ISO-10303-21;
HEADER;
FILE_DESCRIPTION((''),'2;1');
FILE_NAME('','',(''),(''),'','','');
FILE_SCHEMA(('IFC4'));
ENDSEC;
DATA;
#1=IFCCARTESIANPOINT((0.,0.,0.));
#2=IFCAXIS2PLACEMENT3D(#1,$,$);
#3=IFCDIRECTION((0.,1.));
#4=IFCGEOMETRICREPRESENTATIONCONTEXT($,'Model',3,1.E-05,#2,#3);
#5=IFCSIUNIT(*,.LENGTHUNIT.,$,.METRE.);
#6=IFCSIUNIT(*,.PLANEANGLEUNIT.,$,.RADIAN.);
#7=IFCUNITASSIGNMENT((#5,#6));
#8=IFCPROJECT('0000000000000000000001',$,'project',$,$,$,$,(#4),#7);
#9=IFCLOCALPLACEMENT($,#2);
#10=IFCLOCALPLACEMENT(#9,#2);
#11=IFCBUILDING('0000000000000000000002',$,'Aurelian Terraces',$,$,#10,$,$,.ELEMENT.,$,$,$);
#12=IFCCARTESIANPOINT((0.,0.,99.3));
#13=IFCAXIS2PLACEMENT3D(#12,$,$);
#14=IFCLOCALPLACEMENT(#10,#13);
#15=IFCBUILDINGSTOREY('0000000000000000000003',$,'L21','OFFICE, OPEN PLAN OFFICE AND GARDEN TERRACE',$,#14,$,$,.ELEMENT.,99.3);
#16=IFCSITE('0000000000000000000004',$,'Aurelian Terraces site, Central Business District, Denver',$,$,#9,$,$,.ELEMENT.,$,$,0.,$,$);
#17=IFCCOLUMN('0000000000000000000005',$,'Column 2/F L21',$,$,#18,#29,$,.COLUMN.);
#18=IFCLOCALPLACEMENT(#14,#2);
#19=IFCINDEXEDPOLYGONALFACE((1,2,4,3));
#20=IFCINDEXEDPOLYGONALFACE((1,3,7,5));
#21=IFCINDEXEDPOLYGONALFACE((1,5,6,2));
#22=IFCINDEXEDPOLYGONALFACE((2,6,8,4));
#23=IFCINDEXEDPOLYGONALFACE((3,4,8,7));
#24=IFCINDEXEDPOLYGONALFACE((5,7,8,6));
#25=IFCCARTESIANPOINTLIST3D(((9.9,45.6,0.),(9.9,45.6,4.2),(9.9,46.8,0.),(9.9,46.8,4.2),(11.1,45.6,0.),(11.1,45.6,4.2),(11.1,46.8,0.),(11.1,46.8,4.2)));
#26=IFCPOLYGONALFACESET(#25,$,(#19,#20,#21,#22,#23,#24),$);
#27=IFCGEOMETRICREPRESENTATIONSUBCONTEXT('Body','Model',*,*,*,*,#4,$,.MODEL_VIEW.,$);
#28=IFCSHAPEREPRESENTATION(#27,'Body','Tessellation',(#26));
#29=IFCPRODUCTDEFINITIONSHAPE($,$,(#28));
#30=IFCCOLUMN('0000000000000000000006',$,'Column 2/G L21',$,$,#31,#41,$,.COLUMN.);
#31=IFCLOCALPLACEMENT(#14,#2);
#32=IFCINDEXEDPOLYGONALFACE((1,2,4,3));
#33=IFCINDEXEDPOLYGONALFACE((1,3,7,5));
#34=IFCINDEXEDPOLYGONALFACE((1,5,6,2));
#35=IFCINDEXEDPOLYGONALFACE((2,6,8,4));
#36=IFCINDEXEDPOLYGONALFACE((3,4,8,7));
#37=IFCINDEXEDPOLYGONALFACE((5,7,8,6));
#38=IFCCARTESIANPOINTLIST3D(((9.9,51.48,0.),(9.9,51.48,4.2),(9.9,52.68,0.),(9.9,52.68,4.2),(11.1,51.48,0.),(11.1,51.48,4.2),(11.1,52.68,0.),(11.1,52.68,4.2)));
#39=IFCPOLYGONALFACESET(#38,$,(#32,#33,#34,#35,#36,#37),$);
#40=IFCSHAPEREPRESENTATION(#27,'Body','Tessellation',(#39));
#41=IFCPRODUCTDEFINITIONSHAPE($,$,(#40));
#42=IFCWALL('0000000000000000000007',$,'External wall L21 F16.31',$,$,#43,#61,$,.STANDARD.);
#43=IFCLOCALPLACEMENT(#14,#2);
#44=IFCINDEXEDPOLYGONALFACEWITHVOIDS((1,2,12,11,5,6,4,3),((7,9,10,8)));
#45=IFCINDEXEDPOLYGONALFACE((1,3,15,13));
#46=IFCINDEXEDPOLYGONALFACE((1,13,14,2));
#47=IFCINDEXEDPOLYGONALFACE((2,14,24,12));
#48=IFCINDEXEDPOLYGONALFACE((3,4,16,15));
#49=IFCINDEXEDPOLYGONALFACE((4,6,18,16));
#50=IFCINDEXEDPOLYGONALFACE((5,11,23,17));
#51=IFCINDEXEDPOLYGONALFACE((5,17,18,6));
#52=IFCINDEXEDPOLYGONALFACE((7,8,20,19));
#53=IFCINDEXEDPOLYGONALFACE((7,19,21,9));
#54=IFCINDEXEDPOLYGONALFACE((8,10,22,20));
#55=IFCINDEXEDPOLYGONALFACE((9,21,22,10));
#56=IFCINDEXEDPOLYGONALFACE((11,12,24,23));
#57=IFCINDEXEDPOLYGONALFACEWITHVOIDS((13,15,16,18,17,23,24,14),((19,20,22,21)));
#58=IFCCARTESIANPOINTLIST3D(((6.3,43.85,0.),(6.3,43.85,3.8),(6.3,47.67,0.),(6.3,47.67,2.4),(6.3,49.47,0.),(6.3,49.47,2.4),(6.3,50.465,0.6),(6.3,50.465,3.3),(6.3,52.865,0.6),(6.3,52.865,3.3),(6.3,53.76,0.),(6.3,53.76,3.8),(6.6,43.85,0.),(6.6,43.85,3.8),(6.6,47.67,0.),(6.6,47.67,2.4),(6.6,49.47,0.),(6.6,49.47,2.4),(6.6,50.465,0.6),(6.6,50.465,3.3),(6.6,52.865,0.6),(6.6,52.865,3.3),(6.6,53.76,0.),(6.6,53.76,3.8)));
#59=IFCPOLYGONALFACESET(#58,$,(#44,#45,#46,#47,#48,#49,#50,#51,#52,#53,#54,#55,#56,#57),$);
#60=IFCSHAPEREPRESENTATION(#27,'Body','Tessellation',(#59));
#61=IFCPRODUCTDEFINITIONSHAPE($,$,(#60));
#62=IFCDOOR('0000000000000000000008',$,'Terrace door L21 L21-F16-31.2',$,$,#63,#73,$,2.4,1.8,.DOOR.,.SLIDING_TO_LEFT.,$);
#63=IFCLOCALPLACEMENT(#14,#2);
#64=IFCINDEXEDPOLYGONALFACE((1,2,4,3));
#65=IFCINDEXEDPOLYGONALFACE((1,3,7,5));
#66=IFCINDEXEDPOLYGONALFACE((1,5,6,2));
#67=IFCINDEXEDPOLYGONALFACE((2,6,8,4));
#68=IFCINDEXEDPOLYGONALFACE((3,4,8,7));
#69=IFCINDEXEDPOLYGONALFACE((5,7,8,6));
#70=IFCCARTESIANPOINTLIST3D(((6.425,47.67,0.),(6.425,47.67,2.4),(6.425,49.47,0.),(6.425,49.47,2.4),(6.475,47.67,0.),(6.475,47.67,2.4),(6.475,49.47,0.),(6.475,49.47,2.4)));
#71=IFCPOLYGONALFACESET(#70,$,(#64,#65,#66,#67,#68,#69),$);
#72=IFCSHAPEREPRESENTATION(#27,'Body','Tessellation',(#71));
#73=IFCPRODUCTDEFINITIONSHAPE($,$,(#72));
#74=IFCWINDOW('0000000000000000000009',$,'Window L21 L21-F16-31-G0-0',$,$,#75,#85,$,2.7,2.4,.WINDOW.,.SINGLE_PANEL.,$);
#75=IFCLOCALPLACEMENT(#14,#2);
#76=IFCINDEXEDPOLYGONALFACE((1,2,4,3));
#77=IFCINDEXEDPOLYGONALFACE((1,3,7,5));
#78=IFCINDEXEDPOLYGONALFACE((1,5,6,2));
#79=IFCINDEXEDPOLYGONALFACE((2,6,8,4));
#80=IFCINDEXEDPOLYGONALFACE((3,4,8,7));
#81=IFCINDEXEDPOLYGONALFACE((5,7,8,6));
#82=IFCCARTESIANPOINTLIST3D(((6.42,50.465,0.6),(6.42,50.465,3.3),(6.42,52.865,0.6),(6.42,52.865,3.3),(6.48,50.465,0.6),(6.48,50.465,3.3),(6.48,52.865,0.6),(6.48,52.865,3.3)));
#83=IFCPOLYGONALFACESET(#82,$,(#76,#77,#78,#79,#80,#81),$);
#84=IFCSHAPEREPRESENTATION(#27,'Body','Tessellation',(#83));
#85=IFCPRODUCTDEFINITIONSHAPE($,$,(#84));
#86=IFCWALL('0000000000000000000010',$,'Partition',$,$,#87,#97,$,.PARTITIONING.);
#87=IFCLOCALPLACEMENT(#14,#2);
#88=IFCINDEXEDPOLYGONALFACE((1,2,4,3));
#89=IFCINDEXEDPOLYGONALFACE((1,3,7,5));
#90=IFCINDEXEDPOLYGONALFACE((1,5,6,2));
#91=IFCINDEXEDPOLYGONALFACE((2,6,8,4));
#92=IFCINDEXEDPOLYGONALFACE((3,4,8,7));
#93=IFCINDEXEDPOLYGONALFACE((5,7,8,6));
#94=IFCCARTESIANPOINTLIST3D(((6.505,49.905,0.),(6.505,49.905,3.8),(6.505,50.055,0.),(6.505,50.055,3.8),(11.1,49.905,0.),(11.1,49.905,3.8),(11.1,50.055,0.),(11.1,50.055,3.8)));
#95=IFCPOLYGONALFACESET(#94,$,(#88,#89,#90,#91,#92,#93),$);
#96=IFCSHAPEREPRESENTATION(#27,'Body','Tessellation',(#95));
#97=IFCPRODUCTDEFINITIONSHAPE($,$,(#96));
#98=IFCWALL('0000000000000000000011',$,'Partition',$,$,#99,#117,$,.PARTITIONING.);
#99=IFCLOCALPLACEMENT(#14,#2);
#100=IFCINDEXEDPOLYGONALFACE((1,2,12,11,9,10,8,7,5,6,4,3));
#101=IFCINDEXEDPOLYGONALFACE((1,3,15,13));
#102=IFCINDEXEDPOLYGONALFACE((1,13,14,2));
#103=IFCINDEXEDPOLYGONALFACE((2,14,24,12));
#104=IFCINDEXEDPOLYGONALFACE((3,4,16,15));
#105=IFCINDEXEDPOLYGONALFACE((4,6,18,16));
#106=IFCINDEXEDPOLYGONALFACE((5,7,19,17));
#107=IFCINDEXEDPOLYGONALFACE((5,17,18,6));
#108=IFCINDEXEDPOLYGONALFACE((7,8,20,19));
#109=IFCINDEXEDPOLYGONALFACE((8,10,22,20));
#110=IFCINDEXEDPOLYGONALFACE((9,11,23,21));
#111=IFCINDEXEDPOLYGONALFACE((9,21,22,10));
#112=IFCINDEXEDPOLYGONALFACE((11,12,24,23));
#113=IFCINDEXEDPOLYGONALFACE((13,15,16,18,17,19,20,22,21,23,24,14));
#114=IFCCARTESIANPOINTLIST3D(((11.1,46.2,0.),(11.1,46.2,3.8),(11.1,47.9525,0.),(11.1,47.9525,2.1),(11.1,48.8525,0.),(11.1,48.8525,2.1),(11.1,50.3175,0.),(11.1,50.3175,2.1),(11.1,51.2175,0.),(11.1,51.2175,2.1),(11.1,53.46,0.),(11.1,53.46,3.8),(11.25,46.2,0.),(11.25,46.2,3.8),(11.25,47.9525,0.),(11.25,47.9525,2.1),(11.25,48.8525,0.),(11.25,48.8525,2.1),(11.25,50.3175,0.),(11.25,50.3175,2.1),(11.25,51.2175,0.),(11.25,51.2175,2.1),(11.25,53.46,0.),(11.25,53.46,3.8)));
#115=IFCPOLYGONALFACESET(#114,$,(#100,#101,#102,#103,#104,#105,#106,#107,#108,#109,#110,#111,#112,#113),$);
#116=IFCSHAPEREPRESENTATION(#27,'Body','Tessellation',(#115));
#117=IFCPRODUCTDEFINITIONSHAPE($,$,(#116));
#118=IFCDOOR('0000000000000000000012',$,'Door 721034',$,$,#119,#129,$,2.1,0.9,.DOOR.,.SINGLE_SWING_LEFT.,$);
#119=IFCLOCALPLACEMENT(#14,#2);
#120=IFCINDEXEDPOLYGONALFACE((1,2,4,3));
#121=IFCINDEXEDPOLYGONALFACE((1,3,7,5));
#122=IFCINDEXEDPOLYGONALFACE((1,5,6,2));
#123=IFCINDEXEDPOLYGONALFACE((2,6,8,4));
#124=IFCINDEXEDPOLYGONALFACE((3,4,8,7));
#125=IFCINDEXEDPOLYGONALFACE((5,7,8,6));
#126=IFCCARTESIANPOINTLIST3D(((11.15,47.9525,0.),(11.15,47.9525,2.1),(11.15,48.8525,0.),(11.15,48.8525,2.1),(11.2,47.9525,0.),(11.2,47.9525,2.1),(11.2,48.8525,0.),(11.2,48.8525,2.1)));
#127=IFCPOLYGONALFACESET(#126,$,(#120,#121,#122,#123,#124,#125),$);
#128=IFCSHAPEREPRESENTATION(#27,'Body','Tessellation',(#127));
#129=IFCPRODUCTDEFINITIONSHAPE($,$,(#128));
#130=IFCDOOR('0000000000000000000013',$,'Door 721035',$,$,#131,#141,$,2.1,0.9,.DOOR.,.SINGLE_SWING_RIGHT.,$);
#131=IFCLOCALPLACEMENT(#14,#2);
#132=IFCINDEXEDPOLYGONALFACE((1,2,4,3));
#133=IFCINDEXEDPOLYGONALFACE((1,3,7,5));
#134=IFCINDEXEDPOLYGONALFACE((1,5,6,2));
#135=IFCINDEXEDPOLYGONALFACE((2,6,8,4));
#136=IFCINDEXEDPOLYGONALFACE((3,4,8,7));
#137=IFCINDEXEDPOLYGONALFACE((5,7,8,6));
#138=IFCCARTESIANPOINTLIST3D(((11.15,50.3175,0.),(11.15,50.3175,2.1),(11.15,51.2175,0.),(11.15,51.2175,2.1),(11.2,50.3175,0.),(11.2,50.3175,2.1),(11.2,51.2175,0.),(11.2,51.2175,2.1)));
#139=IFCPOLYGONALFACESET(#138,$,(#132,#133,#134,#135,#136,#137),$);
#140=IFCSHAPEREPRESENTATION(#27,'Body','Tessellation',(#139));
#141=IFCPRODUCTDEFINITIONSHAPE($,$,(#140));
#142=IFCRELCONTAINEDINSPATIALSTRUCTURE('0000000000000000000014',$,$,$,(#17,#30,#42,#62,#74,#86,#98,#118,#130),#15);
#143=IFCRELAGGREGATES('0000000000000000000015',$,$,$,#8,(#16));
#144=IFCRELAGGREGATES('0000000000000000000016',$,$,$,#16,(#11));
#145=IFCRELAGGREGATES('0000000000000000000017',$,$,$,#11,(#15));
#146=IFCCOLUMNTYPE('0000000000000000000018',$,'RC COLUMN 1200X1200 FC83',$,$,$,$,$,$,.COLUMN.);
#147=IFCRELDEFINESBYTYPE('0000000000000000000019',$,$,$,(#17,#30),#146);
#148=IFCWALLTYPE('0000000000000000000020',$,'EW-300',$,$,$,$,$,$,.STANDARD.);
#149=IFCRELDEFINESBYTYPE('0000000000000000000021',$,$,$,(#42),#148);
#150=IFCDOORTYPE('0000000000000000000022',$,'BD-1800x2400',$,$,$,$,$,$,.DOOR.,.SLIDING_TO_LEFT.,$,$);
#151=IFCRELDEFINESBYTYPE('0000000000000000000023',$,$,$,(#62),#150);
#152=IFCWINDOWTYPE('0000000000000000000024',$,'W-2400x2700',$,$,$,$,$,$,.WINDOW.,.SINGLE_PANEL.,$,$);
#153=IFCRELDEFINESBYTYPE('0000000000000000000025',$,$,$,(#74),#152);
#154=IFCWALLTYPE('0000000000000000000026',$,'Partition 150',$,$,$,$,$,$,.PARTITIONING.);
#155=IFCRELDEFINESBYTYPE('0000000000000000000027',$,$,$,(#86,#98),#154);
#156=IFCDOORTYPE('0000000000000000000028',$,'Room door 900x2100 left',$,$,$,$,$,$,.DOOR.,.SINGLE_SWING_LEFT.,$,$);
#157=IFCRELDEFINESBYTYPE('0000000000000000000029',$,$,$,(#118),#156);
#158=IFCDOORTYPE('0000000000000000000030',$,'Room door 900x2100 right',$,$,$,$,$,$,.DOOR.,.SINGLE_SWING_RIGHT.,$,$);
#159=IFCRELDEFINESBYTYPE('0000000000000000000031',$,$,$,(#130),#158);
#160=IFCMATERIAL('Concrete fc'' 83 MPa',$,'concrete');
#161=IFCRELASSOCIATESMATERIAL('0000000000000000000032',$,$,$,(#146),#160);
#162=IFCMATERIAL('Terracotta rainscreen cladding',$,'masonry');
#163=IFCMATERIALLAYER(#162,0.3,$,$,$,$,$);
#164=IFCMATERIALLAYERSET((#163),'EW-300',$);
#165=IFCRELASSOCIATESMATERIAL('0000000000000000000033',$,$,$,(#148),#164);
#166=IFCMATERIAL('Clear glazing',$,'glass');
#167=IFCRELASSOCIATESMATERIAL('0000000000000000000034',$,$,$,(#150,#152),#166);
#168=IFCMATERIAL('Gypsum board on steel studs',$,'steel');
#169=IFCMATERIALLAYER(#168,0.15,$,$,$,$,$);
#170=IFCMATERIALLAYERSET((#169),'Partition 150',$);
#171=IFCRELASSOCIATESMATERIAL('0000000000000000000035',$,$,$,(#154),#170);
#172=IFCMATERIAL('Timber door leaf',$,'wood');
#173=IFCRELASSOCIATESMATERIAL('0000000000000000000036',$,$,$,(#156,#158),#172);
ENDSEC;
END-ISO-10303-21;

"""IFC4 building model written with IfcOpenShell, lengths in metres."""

from ifc_helpers import new_model, si_unit, direction, frame, frame_2d, origin, origin_2d, place, context, subcontext, project, spatial, rectangle, extrude, source, transform, mapped, material, layer, layer_set, material_profile, profile_set, type_object, element, fill, save


model = new_model("IFC4")

# Units and contexts
model_context = context("Model", 3, precision=1e-05, world=origin(), true_north=direction((0.0, 1.0)))
body_context = subcontext(model_context, "Body", "Model", "MODEL_VIEW")
ifc_project = project(units=[si_unit("LENGTHUNIT", "METRE"), si_unit("PLANEANGLEUNIT", "RADIAN")], contexts=[model_context])

# Site, building, storey
site_placement = place(None, origin())
site = spatial("IfcSite", under=ifc_project, at=site_placement, Name="Aurelian Terraces site, Central Business District, Denver", CompositionType="ELEMENT", RefElevation=0.0)
building_placement = place(site_placement, origin())
building = spatial("IfcBuilding", under=site, at=building_placement, Name="Aurelian Terraces", CompositionType="ELEMENT")
storey_placement = place(building_placement, frame((0.0, 0.0, 99.3)))
storey = spatial("IfcBuildingStorey", under=building, at=storey_placement, Name="L21", Description="OFFICE, OPEN PLAN OFFICE AND GARDEN TERRACE", CompositionType="ELEMENT", Elevation=99.3)

# Columns
ifc_material_1 = material(Name="Concrete fc' 83 MPa", Category="concrete")
ifc_material_profile = material_profile(ifc_material_1, rectangle(XDim=1.2, YDim=1.2, at=origin_2d()))
ifc_profile_set = profile_set([ifc_material_profile], Name="Concrete fc' 83 MPa")
column_type = type_object("IfcColumnType", Name="RC COLUMN 1200X1200 FC83", PredefinedType="COLUMN", material=ifc_profile_set)
shared_shape_1 = source(origin(), body_context, "Body", "SweptSolid", [
    extrude(rectangle(XDim=1.2, YDim=1.2, at=origin_2d()), origin(), (0.0, 0.0, 1.0), 4.2),
])
for number, where, z_axis, x_axis, name in (
    (1, (10.5, 46.2, 0.0), (0.0, 0.0, 1.0), (1.0, 0.0, 0.0), "Column 2/F L21"),
    (2, (10.5, 52.08, 0.0), (0.0, 0.0, 1.0), (1.0, 0.0, 0.0), "Column 2/G L21"),
):
    element("IfcColumn", number, at=place(storey_placement, frame(where, z_axis=z_axis, x_axis=x_axis)), inside=storey, type_object=column_type, Name=name, PredefinedType="COLUMN", context=body_context, shape_type="MappedRepresentation", body=[
        mapped(shared_shape_1, transform((0.0, 0.0, 0.0), scale=1.0)),
    ])

# Wall, openings, door, window
ifc_material_2 = material(Name="Terracotta rainscreen cladding", Category="masonry")
ifc_layer_1 = layer(ifc_material_2, 0.3)
ifc_layer_set_1 = layer_set([ifc_layer_1], Name="EW-300")
wall_type_1 = type_object("IfcWallType", Name="EW-300", PredefinedType="STANDARD", material=ifc_layer_set_1)
wall_1_placement = place(storey_placement, frame((6.45, 53.76, 0.0), z_axis=(0.0, 0.0, 1.0), x_axis=(0.0, -1.0, 0.0)))
wall_1 = element("IfcWall", 3, at=wall_1_placement, inside=storey, type_object=wall_type_1, Name="External wall L21 F16.31", PredefinedType="STANDARD", context=body_context, shape_type="SweptSolid", body=[
    extrude(rectangle(XDim=9.91, YDim=0.3, at=frame_2d((4.955, 0.0))), origin(), (0.0, 0.0, 1.0), 3.8),
])
shared_shape_2 = source(origin(), body_context, "Body", "SweptSolid", [
    extrude(rectangle(XDim=1.8, YDim=2.4, at=frame_2d((0.9, 1.2))), frame((0.0, 0.16, 0.0), z_axis=(0.0, -1.0, 0.0), x_axis=(1.0, 0.0, 0.0)), (0.0, 0.0, 1.0), 0.32),
])
opening_1_placement = place(wall_1_placement, frame((4.29, 0.0, 0.0)))
opening_1 = element("IfcOpeningElement", 4, at=opening_1_placement, cuts=wall_1, PredefinedType="OPENING", context=body_context, shape_type="MappedRepresentation", body=[
    mapped(shared_shape_2, transform((0.0, 0.0, 0.0), scale=1.0)),
])
shared_shape_3 = source(origin(), body_context, "Body", "SweptSolid", [
    extrude(rectangle(XDim=2.4, YDim=2.7, at=frame_2d((1.2, 1.35))), frame((0.0, 0.16, 0.0), z_axis=(0.0, -1.0, 0.0), x_axis=(1.0, 0.0, 0.0)), (0.0, 0.0, 1.0), 0.32),
])
opening_2_placement = place(wall_1_placement, frame((0.895, 0.0, 0.6)))
opening_2 = element("IfcOpeningElement", 5, at=opening_2_placement, cuts=wall_1, PredefinedType="OPENING", context=body_context, shape_type="MappedRepresentation", body=[
    mapped(shared_shape_3, transform((0.0, 0.0, 0.0), scale=1.0)),
])
ifc_material_3 = material(Name="Clear glazing", Category="glass")
door_type_1 = type_object("IfcDoorType", Name="BD-1800x2400", OperationType="SLIDING_TO_LEFT", PredefinedType="DOOR", material=ifc_material_3)
shared_shape_4 = source(origin(), body_context, "Body", "SweptSolid", [
    extrude(rectangle(XDim=1.8, YDim=2.4, at=frame_2d((0.9, 1.2))), frame((0.0, 0.025, 0.0), z_axis=(0.0, -1.0, 0.0), x_axis=(1.0, 0.0, 0.0)), (0.0, 0.0, 1.0), 0.05),
])
door_1_placement = place(opening_1_placement, origin())
door_1 = element("IfcDoor", 6, at=door_1_placement, inside=storey, type_object=door_type_1, Name="Terrace door L21 L21-F16-31.2", OperationType="SLIDING_TO_LEFT", OverallHeight=2.4, OverallWidth=1.8, PredefinedType="DOOR", context=body_context, shape_type="MappedRepresentation", body=[
    mapped(shared_shape_4, transform((0.0, 0.0, 0.0), scale=1.0)),
])
fill(opening_1, door_1)
window_type_1 = type_object("IfcWindowType", Name="W-2400x2700", PartitioningType="SINGLE_PANEL", PredefinedType="WINDOW", material=ifc_material_3)
shared_shape_5 = source(origin(), body_context, "Body", "SweptSolid", [
    extrude(rectangle(XDim=2.4, YDim=2.7, at=frame_2d((1.2, 1.35))), frame((0.0, 0.03, 0.0), z_axis=(0.0, -1.0, 0.0), x_axis=(1.0, 0.0, 0.0)), (0.0, 0.0, 1.0), 0.06),
])
window_1_placement = place(opening_2_placement, origin())
window_1 = element("IfcWindow", 7, at=window_1_placement, inside=storey, type_object=window_type_1, Name="Window L21 L21-F16-31-G0-0", OverallHeight=2.7, OverallWidth=2.4, PartitioningType="SINGLE_PANEL", PredefinedType="WINDOW", context=body_context, shape_type="MappedRepresentation", body=[
    mapped(shared_shape_5, transform((0.0, 0.0, 0.0), scale=1.0)),
])
fill(opening_2, window_1)

# Wall
ifc_material_4 = material(Name="Gypsum board on steel studs", Category="steel")
ifc_layer_2 = layer(ifc_material_4, 0.15)
ifc_layer_set_2 = layer_set([ifc_layer_2], Name="Partition 150")
wall_type_2 = type_object("IfcWallType", Name="Partition 150", PredefinedType="PARTITIONING", material=ifc_layer_set_2)
wall_2_placement = place(storey_placement, frame((11.1, 49.98, 0.0), z_axis=(0.0, 0.0, 1.0), x_axis=(-1.0, 0.0, 0.0)))
element("IfcWall", 8, at=wall_2_placement, inside=storey, type_object=wall_type_2, Name="Partition", PredefinedType="PARTITIONING", context=body_context, shape_type="SweptSolid", body=[
    extrude(rectangle(XDim=4.595, YDim=0.15, at=frame_2d((2.2975, 0.0))), origin(), (0.0, 0.0, 1.0), 3.8),
])

# Wall, openings, doors
wall_3_placement = place(storey_placement, frame((11.175, 46.2, 0.0), z_axis=(0.0, 0.0, 1.0), x_axis=(0.0, 1.0, 0.0)))
wall_3 = element("IfcWall", 9, at=wall_3_placement, inside=storey, type_object=wall_type_2, Name="Partition", PredefinedType="PARTITIONING", context=body_context, shape_type="SweptSolid", body=[
    extrude(rectangle(XDim=7.26, YDim=0.15, at=frame_2d((3.63, 0.0))), origin(), (0.0, 0.0, 1.0), 3.8),
])
shared_shape_6 = source(origin(), body_context, "Body", "SweptSolid", [
    extrude(rectangle(XDim=0.9, YDim=2.1, at=frame_2d((0.45, 1.05))), frame((0.0, 0.085, 0.0), z_axis=(0.0, -1.0, 0.0), x_axis=(1.0, 0.0, 0.0)), (0.0, 0.0, 1.0), 0.17),
])
opening_3_placement = place(wall_3_placement, frame((1.7525, 0.0, 0.0)))
opening_3 = element("IfcOpeningElement", 10, at=opening_3_placement, cuts=wall_3, PredefinedType="OPENING", context=body_context, shape_type="MappedRepresentation", body=[
    mapped(shared_shape_6, transform((0.0, 0.0, 0.0), scale=1.0)),
])
opening_4_placement = place(wall_3_placement, frame((4.1175, 0.0, 0.0)))
opening_4 = element("IfcOpeningElement", 11, at=opening_4_placement, cuts=wall_3, PredefinedType="OPENING", context=body_context, shape_type="MappedRepresentation", body=[
    mapped(shared_shape_6, transform((0.0, 0.0, 0.0), scale=1.0)),
])
ifc_material_5 = material(Name="Timber door leaf", Category="wood")
door_type_2 = type_object("IfcDoorType", Name="Room door 900x2100 left", OperationType="SINGLE_SWING_LEFT", PredefinedType="DOOR", material=ifc_material_5)
shared_shape_7 = source(origin(), body_context, "Body", "SweptSolid", [
    extrude(rectangle(XDim=0.9, YDim=2.1, at=frame_2d((0.45, 1.05))), frame((0.0, 0.025, 0.0), z_axis=(0.0, -1.0, 0.0), x_axis=(1.0, 0.0, 0.0)), (0.0, 0.0, 1.0), 0.05),
])
door_2_placement = place(opening_3_placement, origin())
door_2 = element("IfcDoor", 12, at=door_2_placement, inside=storey, type_object=door_type_2, Name="Door 721034", OperationType="SINGLE_SWING_LEFT", OverallHeight=2.1, OverallWidth=0.9, PredefinedType="DOOR", context=body_context, shape_type="MappedRepresentation", body=[
    mapped(shared_shape_7, transform((0.0, 0.0, 0.0), scale=1.0)),
])
fill(opening_3, door_2)
door_type_3 = type_object("IfcDoorType", Name="Room door 900x2100 right", OperationType="SINGLE_SWING_RIGHT", PredefinedType="DOOR", material=ifc_material_5)
door_3_placement = place(opening_4_placement, origin())
door_3 = element("IfcDoor", 13, at=door_3_placement, inside=storey, type_object=door_type_3, Name="Door 721035", OperationType="SINGLE_SWING_RIGHT", OverallHeight=2.1, OverallWidth=0.9, PredefinedType="DOOR", context=body_context, shape_type="MappedRepresentation", body=[
    mapped(shared_shape_7, transform((0.0, 0.0, 0.0), scale=1.0)),
])
fill(opening_4, door_3)

save(model, "model.ifc")
